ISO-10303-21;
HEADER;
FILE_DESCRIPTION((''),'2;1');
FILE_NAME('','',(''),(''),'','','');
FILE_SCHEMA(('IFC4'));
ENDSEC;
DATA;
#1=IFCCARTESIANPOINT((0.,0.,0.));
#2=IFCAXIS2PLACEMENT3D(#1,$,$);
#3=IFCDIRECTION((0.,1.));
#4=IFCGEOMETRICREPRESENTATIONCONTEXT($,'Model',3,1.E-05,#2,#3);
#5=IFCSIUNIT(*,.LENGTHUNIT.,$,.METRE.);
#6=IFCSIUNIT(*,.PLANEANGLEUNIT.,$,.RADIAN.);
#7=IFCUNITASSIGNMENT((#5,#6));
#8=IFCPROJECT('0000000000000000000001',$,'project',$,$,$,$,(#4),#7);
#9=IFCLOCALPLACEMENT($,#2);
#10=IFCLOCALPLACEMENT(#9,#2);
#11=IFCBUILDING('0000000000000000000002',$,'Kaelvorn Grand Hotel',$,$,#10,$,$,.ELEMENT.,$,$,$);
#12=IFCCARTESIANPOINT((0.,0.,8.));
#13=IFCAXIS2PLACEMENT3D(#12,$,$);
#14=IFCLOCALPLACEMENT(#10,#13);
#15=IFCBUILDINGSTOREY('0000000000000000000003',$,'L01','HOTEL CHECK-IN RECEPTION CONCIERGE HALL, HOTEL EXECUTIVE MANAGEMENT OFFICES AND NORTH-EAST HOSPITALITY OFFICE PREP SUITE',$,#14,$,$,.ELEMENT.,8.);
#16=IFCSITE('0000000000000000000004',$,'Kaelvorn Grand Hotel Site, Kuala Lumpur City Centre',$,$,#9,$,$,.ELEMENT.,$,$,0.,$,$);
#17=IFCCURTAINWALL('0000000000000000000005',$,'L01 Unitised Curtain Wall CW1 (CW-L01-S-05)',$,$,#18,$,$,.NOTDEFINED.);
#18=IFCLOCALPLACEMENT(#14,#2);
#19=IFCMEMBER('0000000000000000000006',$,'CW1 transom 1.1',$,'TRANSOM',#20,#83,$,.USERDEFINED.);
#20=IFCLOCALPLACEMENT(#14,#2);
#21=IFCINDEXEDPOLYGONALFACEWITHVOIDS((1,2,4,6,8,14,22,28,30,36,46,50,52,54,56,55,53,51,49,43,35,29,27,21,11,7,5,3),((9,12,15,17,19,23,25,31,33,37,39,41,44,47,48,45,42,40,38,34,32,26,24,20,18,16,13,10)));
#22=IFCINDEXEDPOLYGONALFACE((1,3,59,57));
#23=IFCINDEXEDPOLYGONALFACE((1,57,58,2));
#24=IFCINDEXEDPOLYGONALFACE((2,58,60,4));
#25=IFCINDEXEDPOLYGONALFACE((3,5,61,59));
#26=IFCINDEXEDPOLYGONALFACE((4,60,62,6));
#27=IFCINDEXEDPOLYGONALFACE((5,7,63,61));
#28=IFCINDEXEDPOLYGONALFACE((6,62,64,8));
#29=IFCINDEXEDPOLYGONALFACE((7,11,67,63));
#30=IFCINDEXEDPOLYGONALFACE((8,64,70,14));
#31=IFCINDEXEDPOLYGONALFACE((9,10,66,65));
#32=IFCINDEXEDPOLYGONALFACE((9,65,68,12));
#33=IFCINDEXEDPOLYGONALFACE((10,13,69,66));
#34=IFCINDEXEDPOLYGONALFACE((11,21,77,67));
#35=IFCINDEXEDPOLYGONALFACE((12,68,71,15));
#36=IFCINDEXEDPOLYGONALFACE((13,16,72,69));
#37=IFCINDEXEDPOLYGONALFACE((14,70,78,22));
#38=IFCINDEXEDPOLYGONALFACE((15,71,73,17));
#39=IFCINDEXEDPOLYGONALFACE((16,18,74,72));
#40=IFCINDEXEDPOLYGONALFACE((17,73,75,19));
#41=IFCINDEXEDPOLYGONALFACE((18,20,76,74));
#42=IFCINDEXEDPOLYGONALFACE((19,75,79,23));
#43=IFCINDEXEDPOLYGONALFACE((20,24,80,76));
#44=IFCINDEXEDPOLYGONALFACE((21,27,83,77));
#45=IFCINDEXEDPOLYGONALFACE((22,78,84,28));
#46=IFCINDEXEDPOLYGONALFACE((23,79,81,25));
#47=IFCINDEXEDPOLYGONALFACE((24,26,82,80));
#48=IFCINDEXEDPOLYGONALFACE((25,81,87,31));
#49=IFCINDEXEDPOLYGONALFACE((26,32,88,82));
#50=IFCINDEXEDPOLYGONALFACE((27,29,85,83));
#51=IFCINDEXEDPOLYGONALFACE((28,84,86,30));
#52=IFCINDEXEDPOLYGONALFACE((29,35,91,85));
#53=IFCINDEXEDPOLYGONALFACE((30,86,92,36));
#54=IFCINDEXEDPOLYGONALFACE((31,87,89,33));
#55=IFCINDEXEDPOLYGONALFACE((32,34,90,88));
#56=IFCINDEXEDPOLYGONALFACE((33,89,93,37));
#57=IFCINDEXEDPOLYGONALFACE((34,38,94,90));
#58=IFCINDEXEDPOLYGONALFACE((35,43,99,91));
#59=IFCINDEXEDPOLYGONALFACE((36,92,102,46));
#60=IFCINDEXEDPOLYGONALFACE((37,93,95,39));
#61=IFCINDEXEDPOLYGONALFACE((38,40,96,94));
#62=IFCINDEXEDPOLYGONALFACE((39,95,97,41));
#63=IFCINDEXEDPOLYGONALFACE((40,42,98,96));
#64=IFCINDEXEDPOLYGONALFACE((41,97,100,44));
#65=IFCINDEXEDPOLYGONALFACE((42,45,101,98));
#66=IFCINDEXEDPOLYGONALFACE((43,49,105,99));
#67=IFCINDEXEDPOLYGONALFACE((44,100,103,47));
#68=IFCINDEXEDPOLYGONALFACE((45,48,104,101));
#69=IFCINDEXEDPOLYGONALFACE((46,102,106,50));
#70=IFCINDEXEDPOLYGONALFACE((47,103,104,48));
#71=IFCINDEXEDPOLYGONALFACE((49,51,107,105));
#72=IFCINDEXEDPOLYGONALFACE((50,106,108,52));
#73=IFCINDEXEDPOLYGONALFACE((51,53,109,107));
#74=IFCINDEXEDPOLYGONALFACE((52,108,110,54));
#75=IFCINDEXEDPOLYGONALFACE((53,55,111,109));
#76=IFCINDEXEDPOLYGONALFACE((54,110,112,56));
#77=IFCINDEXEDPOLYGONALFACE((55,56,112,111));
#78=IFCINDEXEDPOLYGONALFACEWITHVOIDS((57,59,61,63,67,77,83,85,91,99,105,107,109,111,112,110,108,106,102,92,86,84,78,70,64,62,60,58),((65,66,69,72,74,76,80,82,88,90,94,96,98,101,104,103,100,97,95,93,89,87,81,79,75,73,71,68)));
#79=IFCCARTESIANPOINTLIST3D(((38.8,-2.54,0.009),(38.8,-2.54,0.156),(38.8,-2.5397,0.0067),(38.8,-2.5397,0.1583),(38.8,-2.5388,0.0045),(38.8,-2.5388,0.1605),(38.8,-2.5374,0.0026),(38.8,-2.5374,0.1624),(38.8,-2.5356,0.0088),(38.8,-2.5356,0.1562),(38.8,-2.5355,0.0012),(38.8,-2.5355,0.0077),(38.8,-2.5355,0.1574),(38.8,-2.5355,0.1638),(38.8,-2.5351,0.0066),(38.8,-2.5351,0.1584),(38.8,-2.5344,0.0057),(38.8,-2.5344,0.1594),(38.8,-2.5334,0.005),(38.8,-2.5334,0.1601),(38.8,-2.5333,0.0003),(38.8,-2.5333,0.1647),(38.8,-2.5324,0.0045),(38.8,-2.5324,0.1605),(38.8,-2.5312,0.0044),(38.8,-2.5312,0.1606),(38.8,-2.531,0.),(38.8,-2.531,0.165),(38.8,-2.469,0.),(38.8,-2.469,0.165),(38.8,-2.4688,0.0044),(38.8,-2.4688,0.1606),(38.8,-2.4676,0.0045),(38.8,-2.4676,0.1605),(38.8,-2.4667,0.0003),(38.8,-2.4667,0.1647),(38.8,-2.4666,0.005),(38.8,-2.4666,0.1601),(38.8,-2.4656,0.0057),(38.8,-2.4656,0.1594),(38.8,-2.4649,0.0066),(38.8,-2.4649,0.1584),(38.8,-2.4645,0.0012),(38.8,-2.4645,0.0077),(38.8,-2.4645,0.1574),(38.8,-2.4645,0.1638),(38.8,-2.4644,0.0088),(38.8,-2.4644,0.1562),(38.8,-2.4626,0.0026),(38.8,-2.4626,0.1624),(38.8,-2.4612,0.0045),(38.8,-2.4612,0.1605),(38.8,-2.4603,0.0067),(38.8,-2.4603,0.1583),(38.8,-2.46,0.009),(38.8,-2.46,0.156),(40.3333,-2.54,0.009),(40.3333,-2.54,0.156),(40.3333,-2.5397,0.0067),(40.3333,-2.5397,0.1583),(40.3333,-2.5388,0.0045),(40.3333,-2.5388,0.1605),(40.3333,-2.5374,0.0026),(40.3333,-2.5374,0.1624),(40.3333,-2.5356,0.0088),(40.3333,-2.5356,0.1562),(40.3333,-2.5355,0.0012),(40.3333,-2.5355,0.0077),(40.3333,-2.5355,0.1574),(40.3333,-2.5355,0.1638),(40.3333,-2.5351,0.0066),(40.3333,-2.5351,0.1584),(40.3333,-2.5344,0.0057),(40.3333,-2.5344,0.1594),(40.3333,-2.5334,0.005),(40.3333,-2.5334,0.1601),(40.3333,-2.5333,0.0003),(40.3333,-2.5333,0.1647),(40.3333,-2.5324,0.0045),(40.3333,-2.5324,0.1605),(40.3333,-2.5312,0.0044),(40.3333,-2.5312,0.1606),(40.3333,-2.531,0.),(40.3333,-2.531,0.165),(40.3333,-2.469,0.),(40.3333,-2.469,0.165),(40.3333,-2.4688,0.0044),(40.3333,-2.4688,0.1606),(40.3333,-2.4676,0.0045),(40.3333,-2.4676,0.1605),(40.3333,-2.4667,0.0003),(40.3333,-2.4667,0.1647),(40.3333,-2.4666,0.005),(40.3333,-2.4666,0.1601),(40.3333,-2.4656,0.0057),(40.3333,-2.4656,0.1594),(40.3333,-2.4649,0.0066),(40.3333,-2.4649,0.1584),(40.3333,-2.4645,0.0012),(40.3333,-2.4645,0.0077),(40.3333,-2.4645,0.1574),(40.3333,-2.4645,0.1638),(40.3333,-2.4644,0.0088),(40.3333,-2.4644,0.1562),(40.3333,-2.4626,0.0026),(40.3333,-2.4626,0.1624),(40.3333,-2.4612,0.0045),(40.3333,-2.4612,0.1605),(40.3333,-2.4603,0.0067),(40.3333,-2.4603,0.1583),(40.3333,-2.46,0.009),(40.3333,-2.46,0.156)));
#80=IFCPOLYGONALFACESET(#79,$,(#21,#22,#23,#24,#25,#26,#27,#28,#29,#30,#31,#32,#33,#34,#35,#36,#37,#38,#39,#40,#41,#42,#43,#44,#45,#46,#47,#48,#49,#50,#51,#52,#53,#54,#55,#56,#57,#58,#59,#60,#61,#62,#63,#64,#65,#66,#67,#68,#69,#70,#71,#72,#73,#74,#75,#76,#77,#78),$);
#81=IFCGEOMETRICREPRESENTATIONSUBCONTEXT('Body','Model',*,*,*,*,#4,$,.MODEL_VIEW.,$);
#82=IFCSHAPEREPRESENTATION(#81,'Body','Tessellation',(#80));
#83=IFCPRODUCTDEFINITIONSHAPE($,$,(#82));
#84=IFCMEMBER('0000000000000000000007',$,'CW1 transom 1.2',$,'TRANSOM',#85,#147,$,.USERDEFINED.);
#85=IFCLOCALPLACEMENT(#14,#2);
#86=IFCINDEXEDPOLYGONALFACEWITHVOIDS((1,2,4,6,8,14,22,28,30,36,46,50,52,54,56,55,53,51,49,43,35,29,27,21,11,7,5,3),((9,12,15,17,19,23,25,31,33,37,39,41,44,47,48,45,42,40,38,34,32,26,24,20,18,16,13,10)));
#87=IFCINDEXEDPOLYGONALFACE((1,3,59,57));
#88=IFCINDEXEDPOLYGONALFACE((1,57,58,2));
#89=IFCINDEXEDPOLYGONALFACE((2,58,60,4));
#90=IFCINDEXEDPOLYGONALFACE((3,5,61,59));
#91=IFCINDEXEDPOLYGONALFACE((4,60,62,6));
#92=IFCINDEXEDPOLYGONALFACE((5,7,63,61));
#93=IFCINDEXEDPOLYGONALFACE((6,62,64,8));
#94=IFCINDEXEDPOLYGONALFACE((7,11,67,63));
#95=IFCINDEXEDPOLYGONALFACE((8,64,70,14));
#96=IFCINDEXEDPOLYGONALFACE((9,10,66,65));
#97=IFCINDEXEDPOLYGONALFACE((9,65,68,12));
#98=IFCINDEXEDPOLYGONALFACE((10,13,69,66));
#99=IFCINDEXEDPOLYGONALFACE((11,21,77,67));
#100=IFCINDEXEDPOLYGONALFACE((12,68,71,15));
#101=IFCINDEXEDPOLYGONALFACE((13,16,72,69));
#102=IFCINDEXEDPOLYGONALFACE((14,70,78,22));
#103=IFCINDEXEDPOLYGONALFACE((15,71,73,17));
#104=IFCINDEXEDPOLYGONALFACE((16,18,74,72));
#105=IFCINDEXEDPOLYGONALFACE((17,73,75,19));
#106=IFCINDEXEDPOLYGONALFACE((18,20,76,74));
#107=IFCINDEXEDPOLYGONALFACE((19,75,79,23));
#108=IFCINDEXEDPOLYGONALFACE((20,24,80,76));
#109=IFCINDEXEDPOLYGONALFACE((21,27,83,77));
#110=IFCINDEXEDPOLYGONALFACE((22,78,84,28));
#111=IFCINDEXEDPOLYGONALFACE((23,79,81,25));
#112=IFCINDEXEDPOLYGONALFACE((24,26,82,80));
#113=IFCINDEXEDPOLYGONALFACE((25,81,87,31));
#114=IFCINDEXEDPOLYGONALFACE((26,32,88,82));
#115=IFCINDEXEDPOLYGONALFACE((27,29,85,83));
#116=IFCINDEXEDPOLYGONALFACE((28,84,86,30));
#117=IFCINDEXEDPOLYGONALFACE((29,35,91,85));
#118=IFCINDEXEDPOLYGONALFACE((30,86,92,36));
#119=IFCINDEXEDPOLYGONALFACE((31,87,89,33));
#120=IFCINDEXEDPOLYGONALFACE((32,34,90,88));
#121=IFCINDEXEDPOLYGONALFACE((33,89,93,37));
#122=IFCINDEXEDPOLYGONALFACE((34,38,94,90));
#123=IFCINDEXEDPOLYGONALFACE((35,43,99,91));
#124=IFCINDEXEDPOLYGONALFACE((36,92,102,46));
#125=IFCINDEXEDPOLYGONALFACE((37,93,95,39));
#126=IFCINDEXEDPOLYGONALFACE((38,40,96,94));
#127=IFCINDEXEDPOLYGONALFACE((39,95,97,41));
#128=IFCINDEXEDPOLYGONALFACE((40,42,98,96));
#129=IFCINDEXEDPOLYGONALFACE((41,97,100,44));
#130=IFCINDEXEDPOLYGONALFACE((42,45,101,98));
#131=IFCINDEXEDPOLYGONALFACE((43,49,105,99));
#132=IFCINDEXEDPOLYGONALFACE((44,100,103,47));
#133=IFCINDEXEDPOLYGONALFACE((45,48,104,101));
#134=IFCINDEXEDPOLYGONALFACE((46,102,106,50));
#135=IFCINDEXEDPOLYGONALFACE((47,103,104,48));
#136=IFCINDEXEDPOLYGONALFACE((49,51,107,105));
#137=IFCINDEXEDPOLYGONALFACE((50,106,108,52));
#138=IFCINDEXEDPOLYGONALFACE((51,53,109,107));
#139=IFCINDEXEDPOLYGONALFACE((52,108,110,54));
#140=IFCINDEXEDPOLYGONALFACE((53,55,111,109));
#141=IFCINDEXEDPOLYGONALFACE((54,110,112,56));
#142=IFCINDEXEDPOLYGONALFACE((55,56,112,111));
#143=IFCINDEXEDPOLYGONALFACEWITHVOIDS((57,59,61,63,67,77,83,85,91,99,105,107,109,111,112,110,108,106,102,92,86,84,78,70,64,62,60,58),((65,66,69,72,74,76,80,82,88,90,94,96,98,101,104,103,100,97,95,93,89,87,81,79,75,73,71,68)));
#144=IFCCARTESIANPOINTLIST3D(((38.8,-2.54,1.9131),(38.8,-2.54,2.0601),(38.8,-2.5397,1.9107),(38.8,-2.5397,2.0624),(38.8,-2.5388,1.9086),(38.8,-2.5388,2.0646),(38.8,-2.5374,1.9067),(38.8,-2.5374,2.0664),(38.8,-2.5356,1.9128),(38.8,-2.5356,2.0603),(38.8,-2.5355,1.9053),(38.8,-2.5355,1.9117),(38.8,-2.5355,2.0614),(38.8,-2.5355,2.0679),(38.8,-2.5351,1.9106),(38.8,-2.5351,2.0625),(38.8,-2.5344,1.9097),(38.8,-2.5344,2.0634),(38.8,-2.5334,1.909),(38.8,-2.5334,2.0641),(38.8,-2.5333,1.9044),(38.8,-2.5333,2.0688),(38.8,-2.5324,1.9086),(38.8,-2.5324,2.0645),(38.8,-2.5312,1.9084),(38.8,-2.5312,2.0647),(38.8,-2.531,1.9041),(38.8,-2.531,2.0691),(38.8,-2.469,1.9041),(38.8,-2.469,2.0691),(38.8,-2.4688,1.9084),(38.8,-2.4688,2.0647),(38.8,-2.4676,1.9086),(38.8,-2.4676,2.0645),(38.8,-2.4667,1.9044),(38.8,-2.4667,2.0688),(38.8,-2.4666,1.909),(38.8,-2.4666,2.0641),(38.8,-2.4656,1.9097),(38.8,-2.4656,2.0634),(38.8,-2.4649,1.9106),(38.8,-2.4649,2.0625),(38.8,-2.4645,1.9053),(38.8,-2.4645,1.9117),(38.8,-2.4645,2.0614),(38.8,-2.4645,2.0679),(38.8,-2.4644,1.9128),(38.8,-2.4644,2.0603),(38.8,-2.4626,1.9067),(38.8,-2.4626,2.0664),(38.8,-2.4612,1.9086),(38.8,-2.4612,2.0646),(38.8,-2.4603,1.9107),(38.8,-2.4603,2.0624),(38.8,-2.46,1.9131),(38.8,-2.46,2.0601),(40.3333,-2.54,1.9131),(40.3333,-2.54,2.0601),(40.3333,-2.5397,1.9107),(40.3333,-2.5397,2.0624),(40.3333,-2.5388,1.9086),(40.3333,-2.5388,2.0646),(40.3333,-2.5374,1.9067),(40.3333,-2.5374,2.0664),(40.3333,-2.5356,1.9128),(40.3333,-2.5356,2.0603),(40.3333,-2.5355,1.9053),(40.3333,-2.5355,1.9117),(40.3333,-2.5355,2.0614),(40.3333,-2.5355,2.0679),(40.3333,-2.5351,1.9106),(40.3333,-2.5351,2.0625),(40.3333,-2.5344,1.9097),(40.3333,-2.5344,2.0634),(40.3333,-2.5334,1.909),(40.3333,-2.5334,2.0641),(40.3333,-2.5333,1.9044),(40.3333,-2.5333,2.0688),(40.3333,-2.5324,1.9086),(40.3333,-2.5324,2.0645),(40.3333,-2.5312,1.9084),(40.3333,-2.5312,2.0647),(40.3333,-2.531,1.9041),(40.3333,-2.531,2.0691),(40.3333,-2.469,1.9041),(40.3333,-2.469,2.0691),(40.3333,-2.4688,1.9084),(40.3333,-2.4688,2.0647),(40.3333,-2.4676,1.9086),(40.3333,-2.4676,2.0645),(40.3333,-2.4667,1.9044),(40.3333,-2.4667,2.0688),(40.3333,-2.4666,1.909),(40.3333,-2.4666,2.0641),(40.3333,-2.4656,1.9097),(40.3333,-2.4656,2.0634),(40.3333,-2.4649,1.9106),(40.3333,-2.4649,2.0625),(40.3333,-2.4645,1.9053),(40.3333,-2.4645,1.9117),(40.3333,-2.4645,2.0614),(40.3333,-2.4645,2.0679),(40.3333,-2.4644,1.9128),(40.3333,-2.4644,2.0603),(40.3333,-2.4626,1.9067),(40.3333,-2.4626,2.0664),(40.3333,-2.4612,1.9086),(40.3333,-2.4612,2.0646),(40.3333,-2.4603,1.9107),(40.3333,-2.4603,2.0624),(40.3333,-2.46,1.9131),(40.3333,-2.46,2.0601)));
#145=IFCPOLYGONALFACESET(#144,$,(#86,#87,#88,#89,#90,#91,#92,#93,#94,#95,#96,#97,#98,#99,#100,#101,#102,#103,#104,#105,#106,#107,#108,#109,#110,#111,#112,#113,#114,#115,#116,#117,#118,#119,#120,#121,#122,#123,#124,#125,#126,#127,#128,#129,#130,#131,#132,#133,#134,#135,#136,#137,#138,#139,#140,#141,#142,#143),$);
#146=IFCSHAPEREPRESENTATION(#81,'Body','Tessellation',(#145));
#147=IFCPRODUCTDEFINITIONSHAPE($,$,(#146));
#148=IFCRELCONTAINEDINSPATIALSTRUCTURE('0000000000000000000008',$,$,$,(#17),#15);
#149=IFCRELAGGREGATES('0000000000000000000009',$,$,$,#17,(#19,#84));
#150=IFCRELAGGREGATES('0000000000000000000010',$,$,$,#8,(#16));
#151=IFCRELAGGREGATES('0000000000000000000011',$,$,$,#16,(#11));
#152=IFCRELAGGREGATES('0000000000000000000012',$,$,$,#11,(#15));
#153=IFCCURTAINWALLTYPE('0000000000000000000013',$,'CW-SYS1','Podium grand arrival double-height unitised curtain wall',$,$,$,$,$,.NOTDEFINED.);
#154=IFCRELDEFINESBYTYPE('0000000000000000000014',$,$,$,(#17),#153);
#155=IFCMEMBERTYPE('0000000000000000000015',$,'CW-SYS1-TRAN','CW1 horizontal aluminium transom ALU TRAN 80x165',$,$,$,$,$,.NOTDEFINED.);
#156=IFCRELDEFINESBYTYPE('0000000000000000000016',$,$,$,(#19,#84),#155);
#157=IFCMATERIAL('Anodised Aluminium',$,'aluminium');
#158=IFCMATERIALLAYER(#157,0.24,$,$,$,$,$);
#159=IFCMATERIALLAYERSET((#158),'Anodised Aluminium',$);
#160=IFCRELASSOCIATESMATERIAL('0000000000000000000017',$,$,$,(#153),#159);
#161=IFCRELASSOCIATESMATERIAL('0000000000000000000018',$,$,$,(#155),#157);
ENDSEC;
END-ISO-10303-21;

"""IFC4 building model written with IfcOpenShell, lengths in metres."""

from ifc_helpers import new_model, si_unit, direction, frame, origin, origin_2d, place, context, subcontext, project, spatial, hollow_rectangle, extrude, material, layer, layer_set, material_profile, profile_set, type_object, element, aggregate, save


model = new_model("IFC4")

# Units and contexts
model_context = context("Model", 3, precision=1e-05, world=origin(), true_north=direction((0.0, 1.0)))
body_context = subcontext(model_context, "Body", "Model", "MODEL_VIEW")
ifc_project = project(units=[si_unit("LENGTHUNIT", "METRE"), si_unit("PLANEANGLEUNIT", "RADIAN")], contexts=[model_context])

# Site, building, storey
site_placement = place(None, origin())
site = spatial("IfcSite", under=ifc_project, at=site_placement, Name="Kaelvorn Grand Hotel Site, Kuala Lumpur City Centre", CompositionType="ELEMENT", RefElevation=0.0)
building_placement = place(site_placement, origin())
building = spatial("IfcBuilding", under=site, at=building_placement, Name="Kaelvorn Grand Hotel", CompositionType="ELEMENT")
storey_placement = place(building_placement, frame((0.0, 0.0, 8.0)))
storey = spatial("IfcBuildingStorey", under=building, at=storey_placement, Name="L01", Description="HOTEL CHECK-IN RECEPTION CONCIERGE HALL, HOTEL EXECUTIVE MANAGEMENT OFFICES AND NORTH-EAST HOSPITALITY OFFICE PREP SUITE", CompositionType="ELEMENT", Elevation=8.0)

# Shared definitions
ifc_material_1 = material(Name="Anodised Aluminium", Category="aluminium")
ifc_layer_1 = layer(ifc_material_1, 0.24)
ifc_layer_set_1 = layer_set([ifc_layer_1], Name="Anodised Aluminium")
curtain_wall_type = type_object("IfcCurtainWallType", Name="CW-SYS1", Description="Podium grand arrival double-height unitised curtain wall", PredefinedType="NOTDEFINED", material=ifc_layer_set_1)

# Curtain wall
curtain_wall_1_placement = place(storey_placement, origin())
curtain_wall_1 = element("IfcCurtainWall", 1, at=curtain_wall_1_placement, inside=storey, type_object=curtain_wall_type, Name="L01 Unitised Curtain Wall CW1 (CW-L01-S-05)", PredefinedType="NOTDEFINED")

# Members
ifc_material_profile_1 = material_profile(ifc_material_1, hollow_rectangle(XDim=0.0801, YDim=0.165, WallThickness=0.0044, InnerFilletRadius=0.0044, OuterFilletRadius=0.009, at=origin_2d()), Name="ALU TRAN 80x165")
ifc_profile_set_1 = profile_set([ifc_material_profile_1], Name="Anodised Aluminium")
member_type_1 = type_object("IfcMemberType", Name="CW-SYS1-TRAN", Description="CW1 horizontal aluminium transom ALU TRAN 80x165", PredefinedType="NOTDEFINED", material=ifc_profile_set_1)
member_1_placement = place(storey_placement, frame((38.8, -2.5, 0.0825), z_axis=(1.0, 0.0, 0.0), x_axis=(0.0, 1.0, 0.0)))
member_1 = element("IfcMember", 2, at=member_1_placement, type_object=member_type_1, Name="CW1 transom 1.1", ObjectType="TRANSOM", PredefinedType="USERDEFINED", context=body_context, shape_type="SweptSolid", body=[
    extrude(hollow_rectangle(XDim=0.0801, YDim=0.165, WallThickness=0.0044, InnerFilletRadius=0.0044, OuterFilletRadius=0.009, at=origin_2d()), origin(), (0.0, 0.0, 1.0), 1.5332),
])
member_2_placement = place(storey_placement, frame((38.8, -2.5, 1.9866), z_axis=(1.0, 0.0, 0.0), x_axis=(0.0, 1.0, 0.0)))
member_2 = element("IfcMember", 3, at=member_2_placement, type_object=member_type_1, Name="CW1 transom 1.2", ObjectType="TRANSOM", PredefinedType="USERDEFINED", context=body_context, shape_type="SweptSolid", body=[
    extrude(hollow_rectangle(XDim=0.0801, YDim=0.165, WallThickness=0.0044, InnerFilletRadius=0.0044, OuterFilletRadius=0.009, at=origin_2d()), origin(), (0.0, 0.0, 1.0), 1.5332),
])

aggregate(curtain_wall_1, [member_1, member_2])

save(model, "model.ifc")
